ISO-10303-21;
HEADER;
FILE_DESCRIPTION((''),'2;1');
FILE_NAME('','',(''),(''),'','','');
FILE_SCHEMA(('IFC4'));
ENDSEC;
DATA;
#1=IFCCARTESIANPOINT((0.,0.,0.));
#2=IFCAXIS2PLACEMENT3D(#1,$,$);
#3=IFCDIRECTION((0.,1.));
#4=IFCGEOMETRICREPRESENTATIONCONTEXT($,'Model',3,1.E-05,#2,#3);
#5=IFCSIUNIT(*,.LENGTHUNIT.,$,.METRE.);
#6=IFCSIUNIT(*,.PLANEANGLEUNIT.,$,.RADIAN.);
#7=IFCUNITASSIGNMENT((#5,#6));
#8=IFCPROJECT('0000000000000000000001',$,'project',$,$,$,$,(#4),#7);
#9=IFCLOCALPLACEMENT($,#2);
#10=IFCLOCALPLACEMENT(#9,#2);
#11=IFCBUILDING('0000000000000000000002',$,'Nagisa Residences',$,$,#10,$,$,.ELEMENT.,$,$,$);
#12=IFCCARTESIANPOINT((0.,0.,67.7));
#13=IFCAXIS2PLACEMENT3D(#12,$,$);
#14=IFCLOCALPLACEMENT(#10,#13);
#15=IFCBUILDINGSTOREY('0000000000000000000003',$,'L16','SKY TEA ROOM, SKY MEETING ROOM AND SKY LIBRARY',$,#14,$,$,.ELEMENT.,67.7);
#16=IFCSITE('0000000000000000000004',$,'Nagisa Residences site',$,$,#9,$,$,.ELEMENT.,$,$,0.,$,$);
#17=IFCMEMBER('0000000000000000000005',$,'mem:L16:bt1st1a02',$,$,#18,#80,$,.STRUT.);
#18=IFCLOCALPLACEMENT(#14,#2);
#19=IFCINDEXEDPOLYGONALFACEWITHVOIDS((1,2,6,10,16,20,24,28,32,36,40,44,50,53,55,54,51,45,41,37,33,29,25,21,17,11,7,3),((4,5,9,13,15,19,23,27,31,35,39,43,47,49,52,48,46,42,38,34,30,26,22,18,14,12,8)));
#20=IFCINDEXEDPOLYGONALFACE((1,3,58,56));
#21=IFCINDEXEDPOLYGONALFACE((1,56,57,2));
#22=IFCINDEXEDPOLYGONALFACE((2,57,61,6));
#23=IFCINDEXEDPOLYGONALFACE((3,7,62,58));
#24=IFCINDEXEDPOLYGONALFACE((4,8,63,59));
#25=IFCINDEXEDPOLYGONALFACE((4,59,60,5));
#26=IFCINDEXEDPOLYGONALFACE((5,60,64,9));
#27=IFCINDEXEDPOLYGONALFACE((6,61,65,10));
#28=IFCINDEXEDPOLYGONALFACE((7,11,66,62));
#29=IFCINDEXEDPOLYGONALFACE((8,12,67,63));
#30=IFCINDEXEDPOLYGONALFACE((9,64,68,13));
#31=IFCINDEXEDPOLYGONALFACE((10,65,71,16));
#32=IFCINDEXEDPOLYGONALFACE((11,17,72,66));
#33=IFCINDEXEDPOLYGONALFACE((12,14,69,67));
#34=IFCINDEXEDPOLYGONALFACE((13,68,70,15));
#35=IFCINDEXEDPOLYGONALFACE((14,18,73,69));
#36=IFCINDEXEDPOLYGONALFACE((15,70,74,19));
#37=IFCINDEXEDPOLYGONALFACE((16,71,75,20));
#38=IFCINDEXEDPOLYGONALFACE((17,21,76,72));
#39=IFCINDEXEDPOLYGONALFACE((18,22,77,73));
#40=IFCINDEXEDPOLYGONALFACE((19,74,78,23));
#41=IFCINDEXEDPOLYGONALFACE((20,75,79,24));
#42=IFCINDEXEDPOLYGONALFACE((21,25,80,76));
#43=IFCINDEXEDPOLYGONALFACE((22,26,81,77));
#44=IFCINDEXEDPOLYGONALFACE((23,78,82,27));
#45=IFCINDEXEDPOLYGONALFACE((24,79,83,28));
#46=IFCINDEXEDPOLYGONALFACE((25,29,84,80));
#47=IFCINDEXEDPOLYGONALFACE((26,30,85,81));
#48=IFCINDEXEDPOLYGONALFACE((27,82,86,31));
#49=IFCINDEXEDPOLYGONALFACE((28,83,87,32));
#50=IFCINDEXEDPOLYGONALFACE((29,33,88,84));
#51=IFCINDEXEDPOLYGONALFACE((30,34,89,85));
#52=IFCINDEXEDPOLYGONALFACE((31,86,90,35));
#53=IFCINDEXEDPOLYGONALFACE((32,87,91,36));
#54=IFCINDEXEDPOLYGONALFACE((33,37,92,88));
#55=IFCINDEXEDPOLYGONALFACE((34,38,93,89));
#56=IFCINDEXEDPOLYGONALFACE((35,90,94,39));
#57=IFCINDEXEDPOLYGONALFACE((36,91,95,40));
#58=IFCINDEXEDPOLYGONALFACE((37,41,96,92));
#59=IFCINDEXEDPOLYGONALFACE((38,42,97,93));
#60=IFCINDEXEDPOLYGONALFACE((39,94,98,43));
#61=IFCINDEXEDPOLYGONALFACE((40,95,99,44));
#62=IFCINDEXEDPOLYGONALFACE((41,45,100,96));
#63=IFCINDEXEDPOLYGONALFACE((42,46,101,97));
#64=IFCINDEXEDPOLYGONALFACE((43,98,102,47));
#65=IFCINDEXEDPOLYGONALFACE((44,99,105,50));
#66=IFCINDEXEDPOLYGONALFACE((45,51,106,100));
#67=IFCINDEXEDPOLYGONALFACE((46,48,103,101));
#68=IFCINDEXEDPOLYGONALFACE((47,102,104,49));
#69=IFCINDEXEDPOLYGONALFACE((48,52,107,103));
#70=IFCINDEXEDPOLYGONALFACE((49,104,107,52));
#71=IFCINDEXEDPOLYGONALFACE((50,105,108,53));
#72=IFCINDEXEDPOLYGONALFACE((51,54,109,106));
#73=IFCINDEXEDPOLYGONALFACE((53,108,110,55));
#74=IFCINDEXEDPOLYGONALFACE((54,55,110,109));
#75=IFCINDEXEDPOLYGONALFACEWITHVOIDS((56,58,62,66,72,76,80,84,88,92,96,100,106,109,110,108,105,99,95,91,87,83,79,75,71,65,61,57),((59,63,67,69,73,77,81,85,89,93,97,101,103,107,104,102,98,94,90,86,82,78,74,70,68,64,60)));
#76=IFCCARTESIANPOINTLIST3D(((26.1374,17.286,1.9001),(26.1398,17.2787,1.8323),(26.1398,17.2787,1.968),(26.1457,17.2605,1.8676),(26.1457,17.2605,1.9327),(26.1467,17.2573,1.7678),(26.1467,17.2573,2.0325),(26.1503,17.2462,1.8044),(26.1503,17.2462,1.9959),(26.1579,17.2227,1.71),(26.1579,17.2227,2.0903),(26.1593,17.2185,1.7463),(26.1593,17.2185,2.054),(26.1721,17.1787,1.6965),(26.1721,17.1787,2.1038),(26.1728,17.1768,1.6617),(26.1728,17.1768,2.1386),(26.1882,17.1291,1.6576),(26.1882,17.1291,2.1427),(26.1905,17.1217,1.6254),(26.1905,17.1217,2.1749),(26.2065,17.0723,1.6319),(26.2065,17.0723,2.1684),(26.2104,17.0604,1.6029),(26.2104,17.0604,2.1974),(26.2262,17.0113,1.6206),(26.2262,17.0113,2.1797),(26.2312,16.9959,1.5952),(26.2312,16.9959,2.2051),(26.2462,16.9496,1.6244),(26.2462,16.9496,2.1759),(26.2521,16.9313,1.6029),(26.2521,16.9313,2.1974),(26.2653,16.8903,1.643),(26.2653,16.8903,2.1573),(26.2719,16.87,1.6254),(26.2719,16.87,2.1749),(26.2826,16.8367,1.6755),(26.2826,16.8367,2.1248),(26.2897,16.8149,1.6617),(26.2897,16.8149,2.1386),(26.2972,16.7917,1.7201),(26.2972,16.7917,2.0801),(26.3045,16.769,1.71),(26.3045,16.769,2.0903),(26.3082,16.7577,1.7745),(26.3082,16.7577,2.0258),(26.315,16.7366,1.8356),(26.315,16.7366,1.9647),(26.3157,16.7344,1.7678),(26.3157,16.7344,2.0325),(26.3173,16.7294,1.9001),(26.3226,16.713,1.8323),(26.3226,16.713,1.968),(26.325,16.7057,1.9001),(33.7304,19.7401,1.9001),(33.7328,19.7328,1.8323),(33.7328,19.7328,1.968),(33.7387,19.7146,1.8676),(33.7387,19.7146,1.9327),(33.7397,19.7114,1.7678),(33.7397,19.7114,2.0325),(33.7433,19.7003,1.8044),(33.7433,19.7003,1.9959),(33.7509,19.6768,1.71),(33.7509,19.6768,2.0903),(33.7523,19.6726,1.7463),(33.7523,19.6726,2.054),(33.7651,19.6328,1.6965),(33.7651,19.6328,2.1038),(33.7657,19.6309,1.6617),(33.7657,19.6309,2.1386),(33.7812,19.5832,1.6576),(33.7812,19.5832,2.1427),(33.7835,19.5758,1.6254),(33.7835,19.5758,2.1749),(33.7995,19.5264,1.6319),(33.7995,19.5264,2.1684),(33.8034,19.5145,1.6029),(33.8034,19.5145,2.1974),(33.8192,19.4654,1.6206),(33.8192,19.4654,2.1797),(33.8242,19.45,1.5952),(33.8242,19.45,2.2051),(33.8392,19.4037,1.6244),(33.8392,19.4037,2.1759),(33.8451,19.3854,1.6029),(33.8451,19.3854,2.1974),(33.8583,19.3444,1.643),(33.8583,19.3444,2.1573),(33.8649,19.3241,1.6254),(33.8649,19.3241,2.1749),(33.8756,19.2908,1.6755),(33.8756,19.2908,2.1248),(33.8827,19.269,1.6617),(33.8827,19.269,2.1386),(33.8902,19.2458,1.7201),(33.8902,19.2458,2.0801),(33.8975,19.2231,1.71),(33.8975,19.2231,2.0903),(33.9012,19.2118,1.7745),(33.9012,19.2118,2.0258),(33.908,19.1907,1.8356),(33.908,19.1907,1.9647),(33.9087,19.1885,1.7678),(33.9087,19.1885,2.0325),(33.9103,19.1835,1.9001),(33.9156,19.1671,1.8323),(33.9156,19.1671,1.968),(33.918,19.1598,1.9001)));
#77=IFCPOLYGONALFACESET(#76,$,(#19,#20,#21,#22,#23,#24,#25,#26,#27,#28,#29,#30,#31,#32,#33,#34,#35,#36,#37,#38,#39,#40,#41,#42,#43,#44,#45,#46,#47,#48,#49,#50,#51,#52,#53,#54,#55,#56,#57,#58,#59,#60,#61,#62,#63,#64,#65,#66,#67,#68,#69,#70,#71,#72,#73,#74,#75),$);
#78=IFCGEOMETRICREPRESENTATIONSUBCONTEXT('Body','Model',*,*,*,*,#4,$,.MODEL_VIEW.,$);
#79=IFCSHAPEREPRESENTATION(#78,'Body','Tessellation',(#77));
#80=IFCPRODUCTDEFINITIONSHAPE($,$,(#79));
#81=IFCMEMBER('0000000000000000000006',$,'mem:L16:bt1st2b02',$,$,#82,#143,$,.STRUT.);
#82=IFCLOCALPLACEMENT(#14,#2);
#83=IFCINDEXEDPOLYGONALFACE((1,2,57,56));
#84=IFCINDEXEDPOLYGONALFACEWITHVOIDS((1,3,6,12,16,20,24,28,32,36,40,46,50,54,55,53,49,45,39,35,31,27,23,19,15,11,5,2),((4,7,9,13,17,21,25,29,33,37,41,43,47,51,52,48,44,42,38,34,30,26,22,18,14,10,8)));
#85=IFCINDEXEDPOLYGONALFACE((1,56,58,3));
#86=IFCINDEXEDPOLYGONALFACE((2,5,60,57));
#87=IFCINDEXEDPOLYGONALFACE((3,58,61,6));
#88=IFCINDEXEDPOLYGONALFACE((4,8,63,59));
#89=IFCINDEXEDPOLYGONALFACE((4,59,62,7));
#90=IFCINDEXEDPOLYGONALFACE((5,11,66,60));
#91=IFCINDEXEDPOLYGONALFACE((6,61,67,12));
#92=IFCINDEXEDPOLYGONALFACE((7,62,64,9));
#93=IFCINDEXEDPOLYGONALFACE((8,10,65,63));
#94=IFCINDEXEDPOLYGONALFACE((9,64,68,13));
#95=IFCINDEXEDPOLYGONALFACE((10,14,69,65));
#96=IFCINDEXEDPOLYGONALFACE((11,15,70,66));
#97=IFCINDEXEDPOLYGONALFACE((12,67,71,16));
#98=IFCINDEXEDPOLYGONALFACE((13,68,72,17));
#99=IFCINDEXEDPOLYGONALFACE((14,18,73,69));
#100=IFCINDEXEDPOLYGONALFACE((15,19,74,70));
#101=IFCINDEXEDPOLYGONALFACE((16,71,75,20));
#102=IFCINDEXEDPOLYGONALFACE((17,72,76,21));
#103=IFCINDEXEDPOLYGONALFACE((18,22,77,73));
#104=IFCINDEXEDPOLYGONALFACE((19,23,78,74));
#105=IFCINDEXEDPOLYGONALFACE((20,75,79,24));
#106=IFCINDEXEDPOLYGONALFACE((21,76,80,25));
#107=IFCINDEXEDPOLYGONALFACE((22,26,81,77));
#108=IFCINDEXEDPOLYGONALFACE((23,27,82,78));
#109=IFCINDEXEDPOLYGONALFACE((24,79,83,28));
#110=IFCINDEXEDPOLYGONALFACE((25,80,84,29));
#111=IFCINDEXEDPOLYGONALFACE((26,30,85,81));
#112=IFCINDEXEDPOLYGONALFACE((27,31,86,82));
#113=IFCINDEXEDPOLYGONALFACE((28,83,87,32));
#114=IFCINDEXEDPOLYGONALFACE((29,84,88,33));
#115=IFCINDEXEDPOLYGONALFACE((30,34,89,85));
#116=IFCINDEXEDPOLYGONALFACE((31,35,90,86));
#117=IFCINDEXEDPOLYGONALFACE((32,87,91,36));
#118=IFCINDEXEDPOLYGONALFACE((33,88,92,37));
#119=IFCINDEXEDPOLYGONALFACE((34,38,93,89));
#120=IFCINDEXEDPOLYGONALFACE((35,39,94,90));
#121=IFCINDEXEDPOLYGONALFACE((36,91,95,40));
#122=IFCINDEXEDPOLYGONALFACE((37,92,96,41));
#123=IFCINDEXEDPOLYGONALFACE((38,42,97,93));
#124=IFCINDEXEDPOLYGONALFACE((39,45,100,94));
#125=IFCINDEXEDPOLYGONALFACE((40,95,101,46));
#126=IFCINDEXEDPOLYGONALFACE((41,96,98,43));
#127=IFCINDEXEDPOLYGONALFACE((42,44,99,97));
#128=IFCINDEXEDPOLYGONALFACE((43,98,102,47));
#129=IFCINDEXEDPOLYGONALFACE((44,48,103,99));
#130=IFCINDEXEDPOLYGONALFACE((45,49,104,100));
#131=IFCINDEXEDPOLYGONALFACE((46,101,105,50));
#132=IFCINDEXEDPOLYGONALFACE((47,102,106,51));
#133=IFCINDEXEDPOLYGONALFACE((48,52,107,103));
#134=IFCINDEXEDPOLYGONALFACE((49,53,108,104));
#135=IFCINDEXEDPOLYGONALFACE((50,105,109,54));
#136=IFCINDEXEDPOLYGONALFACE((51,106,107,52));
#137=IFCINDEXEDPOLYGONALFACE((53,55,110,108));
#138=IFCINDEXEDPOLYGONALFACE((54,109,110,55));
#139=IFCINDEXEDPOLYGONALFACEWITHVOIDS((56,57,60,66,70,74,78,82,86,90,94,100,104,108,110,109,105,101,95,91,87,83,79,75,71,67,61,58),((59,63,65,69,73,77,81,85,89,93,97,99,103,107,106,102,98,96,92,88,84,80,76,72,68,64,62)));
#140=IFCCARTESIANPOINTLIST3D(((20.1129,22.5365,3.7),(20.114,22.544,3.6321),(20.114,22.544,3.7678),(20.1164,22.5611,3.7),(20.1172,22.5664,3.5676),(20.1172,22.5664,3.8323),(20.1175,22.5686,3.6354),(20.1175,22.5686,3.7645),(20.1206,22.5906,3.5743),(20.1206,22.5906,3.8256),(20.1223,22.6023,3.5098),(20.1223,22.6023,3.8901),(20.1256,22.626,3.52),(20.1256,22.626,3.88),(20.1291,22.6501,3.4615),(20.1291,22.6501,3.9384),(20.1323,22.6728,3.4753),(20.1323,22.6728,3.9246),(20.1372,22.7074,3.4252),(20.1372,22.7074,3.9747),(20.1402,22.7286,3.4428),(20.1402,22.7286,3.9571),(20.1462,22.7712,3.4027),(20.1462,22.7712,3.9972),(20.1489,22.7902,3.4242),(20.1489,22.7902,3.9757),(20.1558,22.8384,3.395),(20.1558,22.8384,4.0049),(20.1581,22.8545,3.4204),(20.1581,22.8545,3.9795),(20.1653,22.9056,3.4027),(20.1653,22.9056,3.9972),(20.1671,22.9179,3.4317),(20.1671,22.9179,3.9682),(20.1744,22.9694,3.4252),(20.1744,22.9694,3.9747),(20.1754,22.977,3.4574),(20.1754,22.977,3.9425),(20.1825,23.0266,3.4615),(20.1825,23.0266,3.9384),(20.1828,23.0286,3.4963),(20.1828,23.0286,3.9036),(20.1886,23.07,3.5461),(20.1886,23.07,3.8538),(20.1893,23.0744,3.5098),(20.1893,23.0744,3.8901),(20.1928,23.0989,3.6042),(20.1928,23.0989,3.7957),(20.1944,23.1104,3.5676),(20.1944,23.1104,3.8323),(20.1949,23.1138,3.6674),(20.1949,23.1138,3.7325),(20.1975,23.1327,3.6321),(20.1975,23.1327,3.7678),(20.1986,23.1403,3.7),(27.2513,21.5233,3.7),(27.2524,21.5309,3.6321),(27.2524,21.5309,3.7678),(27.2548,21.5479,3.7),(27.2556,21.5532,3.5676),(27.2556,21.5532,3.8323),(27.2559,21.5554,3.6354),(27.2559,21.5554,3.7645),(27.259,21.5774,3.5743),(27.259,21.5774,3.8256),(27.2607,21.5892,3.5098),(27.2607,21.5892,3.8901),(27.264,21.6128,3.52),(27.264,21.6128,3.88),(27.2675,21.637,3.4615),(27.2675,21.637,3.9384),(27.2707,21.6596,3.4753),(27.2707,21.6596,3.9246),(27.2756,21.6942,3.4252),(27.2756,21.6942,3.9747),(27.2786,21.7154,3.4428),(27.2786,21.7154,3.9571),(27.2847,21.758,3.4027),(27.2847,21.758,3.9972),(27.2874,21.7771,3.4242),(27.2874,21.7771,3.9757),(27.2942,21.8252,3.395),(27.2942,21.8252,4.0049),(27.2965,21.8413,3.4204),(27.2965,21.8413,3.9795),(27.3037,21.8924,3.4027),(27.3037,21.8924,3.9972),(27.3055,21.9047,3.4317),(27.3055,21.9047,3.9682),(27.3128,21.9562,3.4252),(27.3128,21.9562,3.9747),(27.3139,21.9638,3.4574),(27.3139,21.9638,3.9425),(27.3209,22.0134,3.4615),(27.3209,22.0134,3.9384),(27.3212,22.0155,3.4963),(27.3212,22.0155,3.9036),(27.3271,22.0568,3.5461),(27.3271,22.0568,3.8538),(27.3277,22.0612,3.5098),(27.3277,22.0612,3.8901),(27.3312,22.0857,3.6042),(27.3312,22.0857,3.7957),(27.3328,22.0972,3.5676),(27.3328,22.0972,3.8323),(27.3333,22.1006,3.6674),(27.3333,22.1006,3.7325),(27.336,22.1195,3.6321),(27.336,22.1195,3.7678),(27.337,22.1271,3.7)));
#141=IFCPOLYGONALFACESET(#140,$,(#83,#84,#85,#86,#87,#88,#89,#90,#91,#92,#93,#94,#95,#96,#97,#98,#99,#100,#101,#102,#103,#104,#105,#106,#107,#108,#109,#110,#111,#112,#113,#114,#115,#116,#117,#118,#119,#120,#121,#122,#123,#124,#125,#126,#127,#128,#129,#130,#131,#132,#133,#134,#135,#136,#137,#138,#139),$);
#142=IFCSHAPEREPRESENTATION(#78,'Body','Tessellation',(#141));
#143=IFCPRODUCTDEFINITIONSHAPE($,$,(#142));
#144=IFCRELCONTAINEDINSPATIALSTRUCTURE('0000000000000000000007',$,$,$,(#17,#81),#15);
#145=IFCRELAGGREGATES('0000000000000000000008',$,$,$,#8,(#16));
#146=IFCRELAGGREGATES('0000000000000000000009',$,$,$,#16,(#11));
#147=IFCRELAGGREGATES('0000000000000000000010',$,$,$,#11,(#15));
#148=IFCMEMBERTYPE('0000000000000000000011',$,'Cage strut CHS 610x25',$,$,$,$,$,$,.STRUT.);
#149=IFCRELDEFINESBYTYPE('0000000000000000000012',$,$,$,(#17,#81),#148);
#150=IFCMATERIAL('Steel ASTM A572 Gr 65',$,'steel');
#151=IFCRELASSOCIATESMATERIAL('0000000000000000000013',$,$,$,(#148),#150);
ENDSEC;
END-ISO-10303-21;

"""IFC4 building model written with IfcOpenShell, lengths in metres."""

from ifc_helpers import new_model, si_unit, direction, frame, origin, origin_2d, place, context, subcontext, project, spatial, hollow_circle, extrude, material, material_profile, profile_set, type_object, element, save


model = new_model("IFC4")

# Units and contexts
model_context = context("Model", 3, precision=1e-05, world=origin(), true_north=direction((0.0, 1.0)))
body_context = subcontext(model_context, "Body", "Model", "MODEL_VIEW")
ifc_project = project(units=[si_unit("LENGTHUNIT", "METRE"), si_unit("PLANEANGLEUNIT", "RADIAN")], contexts=[model_context])

# Site, building, storey
site_placement = place(None, origin())
site = spatial("IfcSite", under=ifc_project, at=site_placement, Name="Nagisa Residences site", CompositionType="ELEMENT", RefElevation=0.0)
building_placement = place(site_placement, origin())
building = spatial("IfcBuilding", under=site, at=building_placement, Name="Nagisa Residences", CompositionType="ELEMENT")
storey_placement = place(building_placement, frame((0.0, 0.0, 67.7)))
storey = spatial("IfcBuildingStorey", under=building, at=storey_placement, Name="L16", Description="SKY TEA ROOM, SKY MEETING ROOM AND SKY LIBRARY", CompositionType="ELEMENT", Elevation=67.7)

# Members
ifc_material_1 = material(Name="Steel ASTM A572 Gr 65", Category="steel")
ifc_material_profile_1 = material_profile(ifc_material_1, hollow_circle(Radius=0.3049, WallThickness=0.0249, at=origin_2d()), Name="CHS 610x25")
ifc_profile_set_1 = profile_set([ifc_material_profile_1], Name="Steel ASTM A572 Gr 65")
member_type_1 = type_object("IfcMemberType", Name="Cage strut CHS 610x25", PredefinedType="STRUT", material=ifc_profile_set_1)
member_1_placement = place(storey_placement, frame((33.8242, 19.45, 1.9001), z_axis=(-0.951535, -0.307541, 0.0), x_axis=(0.307541, -0.951535, 0.0)))
element("IfcMember", 1, at=member_1_placement, inside=storey, type_object=member_type_1, Name="mem:L16:bt1st1a02", PredefinedType="STRUT", context=body_context, shape_type="SweptSolid", body=[
    extrude(hollow_circle(Radius=0.3049, WallThickness=0.0249, at=origin_2d()), origin(), (0.0, 0.0, 1.0), 7.9797),
])
member_2_placement = place(storey_placement, frame((27.2942, 21.8252, 3.7), z_axis=(-0.990077, 0.140525, 0.0), x_axis=(-0.140525, -0.990077, 0.0)))
element("IfcMember", 2, at=member_2_placement, inside=storey, type_object=member_type_1, Name="mem:L16:bt1st2b02", PredefinedType="STRUT", context=body_context, shape_type="SweptSolid", body=[
    extrude(hollow_circle(Radius=0.3049, WallThickness=0.0249, at=origin_2d()), origin(), (0.0, 0.0, 1.0), 7.21),
])

save(model, "model.ifc")
